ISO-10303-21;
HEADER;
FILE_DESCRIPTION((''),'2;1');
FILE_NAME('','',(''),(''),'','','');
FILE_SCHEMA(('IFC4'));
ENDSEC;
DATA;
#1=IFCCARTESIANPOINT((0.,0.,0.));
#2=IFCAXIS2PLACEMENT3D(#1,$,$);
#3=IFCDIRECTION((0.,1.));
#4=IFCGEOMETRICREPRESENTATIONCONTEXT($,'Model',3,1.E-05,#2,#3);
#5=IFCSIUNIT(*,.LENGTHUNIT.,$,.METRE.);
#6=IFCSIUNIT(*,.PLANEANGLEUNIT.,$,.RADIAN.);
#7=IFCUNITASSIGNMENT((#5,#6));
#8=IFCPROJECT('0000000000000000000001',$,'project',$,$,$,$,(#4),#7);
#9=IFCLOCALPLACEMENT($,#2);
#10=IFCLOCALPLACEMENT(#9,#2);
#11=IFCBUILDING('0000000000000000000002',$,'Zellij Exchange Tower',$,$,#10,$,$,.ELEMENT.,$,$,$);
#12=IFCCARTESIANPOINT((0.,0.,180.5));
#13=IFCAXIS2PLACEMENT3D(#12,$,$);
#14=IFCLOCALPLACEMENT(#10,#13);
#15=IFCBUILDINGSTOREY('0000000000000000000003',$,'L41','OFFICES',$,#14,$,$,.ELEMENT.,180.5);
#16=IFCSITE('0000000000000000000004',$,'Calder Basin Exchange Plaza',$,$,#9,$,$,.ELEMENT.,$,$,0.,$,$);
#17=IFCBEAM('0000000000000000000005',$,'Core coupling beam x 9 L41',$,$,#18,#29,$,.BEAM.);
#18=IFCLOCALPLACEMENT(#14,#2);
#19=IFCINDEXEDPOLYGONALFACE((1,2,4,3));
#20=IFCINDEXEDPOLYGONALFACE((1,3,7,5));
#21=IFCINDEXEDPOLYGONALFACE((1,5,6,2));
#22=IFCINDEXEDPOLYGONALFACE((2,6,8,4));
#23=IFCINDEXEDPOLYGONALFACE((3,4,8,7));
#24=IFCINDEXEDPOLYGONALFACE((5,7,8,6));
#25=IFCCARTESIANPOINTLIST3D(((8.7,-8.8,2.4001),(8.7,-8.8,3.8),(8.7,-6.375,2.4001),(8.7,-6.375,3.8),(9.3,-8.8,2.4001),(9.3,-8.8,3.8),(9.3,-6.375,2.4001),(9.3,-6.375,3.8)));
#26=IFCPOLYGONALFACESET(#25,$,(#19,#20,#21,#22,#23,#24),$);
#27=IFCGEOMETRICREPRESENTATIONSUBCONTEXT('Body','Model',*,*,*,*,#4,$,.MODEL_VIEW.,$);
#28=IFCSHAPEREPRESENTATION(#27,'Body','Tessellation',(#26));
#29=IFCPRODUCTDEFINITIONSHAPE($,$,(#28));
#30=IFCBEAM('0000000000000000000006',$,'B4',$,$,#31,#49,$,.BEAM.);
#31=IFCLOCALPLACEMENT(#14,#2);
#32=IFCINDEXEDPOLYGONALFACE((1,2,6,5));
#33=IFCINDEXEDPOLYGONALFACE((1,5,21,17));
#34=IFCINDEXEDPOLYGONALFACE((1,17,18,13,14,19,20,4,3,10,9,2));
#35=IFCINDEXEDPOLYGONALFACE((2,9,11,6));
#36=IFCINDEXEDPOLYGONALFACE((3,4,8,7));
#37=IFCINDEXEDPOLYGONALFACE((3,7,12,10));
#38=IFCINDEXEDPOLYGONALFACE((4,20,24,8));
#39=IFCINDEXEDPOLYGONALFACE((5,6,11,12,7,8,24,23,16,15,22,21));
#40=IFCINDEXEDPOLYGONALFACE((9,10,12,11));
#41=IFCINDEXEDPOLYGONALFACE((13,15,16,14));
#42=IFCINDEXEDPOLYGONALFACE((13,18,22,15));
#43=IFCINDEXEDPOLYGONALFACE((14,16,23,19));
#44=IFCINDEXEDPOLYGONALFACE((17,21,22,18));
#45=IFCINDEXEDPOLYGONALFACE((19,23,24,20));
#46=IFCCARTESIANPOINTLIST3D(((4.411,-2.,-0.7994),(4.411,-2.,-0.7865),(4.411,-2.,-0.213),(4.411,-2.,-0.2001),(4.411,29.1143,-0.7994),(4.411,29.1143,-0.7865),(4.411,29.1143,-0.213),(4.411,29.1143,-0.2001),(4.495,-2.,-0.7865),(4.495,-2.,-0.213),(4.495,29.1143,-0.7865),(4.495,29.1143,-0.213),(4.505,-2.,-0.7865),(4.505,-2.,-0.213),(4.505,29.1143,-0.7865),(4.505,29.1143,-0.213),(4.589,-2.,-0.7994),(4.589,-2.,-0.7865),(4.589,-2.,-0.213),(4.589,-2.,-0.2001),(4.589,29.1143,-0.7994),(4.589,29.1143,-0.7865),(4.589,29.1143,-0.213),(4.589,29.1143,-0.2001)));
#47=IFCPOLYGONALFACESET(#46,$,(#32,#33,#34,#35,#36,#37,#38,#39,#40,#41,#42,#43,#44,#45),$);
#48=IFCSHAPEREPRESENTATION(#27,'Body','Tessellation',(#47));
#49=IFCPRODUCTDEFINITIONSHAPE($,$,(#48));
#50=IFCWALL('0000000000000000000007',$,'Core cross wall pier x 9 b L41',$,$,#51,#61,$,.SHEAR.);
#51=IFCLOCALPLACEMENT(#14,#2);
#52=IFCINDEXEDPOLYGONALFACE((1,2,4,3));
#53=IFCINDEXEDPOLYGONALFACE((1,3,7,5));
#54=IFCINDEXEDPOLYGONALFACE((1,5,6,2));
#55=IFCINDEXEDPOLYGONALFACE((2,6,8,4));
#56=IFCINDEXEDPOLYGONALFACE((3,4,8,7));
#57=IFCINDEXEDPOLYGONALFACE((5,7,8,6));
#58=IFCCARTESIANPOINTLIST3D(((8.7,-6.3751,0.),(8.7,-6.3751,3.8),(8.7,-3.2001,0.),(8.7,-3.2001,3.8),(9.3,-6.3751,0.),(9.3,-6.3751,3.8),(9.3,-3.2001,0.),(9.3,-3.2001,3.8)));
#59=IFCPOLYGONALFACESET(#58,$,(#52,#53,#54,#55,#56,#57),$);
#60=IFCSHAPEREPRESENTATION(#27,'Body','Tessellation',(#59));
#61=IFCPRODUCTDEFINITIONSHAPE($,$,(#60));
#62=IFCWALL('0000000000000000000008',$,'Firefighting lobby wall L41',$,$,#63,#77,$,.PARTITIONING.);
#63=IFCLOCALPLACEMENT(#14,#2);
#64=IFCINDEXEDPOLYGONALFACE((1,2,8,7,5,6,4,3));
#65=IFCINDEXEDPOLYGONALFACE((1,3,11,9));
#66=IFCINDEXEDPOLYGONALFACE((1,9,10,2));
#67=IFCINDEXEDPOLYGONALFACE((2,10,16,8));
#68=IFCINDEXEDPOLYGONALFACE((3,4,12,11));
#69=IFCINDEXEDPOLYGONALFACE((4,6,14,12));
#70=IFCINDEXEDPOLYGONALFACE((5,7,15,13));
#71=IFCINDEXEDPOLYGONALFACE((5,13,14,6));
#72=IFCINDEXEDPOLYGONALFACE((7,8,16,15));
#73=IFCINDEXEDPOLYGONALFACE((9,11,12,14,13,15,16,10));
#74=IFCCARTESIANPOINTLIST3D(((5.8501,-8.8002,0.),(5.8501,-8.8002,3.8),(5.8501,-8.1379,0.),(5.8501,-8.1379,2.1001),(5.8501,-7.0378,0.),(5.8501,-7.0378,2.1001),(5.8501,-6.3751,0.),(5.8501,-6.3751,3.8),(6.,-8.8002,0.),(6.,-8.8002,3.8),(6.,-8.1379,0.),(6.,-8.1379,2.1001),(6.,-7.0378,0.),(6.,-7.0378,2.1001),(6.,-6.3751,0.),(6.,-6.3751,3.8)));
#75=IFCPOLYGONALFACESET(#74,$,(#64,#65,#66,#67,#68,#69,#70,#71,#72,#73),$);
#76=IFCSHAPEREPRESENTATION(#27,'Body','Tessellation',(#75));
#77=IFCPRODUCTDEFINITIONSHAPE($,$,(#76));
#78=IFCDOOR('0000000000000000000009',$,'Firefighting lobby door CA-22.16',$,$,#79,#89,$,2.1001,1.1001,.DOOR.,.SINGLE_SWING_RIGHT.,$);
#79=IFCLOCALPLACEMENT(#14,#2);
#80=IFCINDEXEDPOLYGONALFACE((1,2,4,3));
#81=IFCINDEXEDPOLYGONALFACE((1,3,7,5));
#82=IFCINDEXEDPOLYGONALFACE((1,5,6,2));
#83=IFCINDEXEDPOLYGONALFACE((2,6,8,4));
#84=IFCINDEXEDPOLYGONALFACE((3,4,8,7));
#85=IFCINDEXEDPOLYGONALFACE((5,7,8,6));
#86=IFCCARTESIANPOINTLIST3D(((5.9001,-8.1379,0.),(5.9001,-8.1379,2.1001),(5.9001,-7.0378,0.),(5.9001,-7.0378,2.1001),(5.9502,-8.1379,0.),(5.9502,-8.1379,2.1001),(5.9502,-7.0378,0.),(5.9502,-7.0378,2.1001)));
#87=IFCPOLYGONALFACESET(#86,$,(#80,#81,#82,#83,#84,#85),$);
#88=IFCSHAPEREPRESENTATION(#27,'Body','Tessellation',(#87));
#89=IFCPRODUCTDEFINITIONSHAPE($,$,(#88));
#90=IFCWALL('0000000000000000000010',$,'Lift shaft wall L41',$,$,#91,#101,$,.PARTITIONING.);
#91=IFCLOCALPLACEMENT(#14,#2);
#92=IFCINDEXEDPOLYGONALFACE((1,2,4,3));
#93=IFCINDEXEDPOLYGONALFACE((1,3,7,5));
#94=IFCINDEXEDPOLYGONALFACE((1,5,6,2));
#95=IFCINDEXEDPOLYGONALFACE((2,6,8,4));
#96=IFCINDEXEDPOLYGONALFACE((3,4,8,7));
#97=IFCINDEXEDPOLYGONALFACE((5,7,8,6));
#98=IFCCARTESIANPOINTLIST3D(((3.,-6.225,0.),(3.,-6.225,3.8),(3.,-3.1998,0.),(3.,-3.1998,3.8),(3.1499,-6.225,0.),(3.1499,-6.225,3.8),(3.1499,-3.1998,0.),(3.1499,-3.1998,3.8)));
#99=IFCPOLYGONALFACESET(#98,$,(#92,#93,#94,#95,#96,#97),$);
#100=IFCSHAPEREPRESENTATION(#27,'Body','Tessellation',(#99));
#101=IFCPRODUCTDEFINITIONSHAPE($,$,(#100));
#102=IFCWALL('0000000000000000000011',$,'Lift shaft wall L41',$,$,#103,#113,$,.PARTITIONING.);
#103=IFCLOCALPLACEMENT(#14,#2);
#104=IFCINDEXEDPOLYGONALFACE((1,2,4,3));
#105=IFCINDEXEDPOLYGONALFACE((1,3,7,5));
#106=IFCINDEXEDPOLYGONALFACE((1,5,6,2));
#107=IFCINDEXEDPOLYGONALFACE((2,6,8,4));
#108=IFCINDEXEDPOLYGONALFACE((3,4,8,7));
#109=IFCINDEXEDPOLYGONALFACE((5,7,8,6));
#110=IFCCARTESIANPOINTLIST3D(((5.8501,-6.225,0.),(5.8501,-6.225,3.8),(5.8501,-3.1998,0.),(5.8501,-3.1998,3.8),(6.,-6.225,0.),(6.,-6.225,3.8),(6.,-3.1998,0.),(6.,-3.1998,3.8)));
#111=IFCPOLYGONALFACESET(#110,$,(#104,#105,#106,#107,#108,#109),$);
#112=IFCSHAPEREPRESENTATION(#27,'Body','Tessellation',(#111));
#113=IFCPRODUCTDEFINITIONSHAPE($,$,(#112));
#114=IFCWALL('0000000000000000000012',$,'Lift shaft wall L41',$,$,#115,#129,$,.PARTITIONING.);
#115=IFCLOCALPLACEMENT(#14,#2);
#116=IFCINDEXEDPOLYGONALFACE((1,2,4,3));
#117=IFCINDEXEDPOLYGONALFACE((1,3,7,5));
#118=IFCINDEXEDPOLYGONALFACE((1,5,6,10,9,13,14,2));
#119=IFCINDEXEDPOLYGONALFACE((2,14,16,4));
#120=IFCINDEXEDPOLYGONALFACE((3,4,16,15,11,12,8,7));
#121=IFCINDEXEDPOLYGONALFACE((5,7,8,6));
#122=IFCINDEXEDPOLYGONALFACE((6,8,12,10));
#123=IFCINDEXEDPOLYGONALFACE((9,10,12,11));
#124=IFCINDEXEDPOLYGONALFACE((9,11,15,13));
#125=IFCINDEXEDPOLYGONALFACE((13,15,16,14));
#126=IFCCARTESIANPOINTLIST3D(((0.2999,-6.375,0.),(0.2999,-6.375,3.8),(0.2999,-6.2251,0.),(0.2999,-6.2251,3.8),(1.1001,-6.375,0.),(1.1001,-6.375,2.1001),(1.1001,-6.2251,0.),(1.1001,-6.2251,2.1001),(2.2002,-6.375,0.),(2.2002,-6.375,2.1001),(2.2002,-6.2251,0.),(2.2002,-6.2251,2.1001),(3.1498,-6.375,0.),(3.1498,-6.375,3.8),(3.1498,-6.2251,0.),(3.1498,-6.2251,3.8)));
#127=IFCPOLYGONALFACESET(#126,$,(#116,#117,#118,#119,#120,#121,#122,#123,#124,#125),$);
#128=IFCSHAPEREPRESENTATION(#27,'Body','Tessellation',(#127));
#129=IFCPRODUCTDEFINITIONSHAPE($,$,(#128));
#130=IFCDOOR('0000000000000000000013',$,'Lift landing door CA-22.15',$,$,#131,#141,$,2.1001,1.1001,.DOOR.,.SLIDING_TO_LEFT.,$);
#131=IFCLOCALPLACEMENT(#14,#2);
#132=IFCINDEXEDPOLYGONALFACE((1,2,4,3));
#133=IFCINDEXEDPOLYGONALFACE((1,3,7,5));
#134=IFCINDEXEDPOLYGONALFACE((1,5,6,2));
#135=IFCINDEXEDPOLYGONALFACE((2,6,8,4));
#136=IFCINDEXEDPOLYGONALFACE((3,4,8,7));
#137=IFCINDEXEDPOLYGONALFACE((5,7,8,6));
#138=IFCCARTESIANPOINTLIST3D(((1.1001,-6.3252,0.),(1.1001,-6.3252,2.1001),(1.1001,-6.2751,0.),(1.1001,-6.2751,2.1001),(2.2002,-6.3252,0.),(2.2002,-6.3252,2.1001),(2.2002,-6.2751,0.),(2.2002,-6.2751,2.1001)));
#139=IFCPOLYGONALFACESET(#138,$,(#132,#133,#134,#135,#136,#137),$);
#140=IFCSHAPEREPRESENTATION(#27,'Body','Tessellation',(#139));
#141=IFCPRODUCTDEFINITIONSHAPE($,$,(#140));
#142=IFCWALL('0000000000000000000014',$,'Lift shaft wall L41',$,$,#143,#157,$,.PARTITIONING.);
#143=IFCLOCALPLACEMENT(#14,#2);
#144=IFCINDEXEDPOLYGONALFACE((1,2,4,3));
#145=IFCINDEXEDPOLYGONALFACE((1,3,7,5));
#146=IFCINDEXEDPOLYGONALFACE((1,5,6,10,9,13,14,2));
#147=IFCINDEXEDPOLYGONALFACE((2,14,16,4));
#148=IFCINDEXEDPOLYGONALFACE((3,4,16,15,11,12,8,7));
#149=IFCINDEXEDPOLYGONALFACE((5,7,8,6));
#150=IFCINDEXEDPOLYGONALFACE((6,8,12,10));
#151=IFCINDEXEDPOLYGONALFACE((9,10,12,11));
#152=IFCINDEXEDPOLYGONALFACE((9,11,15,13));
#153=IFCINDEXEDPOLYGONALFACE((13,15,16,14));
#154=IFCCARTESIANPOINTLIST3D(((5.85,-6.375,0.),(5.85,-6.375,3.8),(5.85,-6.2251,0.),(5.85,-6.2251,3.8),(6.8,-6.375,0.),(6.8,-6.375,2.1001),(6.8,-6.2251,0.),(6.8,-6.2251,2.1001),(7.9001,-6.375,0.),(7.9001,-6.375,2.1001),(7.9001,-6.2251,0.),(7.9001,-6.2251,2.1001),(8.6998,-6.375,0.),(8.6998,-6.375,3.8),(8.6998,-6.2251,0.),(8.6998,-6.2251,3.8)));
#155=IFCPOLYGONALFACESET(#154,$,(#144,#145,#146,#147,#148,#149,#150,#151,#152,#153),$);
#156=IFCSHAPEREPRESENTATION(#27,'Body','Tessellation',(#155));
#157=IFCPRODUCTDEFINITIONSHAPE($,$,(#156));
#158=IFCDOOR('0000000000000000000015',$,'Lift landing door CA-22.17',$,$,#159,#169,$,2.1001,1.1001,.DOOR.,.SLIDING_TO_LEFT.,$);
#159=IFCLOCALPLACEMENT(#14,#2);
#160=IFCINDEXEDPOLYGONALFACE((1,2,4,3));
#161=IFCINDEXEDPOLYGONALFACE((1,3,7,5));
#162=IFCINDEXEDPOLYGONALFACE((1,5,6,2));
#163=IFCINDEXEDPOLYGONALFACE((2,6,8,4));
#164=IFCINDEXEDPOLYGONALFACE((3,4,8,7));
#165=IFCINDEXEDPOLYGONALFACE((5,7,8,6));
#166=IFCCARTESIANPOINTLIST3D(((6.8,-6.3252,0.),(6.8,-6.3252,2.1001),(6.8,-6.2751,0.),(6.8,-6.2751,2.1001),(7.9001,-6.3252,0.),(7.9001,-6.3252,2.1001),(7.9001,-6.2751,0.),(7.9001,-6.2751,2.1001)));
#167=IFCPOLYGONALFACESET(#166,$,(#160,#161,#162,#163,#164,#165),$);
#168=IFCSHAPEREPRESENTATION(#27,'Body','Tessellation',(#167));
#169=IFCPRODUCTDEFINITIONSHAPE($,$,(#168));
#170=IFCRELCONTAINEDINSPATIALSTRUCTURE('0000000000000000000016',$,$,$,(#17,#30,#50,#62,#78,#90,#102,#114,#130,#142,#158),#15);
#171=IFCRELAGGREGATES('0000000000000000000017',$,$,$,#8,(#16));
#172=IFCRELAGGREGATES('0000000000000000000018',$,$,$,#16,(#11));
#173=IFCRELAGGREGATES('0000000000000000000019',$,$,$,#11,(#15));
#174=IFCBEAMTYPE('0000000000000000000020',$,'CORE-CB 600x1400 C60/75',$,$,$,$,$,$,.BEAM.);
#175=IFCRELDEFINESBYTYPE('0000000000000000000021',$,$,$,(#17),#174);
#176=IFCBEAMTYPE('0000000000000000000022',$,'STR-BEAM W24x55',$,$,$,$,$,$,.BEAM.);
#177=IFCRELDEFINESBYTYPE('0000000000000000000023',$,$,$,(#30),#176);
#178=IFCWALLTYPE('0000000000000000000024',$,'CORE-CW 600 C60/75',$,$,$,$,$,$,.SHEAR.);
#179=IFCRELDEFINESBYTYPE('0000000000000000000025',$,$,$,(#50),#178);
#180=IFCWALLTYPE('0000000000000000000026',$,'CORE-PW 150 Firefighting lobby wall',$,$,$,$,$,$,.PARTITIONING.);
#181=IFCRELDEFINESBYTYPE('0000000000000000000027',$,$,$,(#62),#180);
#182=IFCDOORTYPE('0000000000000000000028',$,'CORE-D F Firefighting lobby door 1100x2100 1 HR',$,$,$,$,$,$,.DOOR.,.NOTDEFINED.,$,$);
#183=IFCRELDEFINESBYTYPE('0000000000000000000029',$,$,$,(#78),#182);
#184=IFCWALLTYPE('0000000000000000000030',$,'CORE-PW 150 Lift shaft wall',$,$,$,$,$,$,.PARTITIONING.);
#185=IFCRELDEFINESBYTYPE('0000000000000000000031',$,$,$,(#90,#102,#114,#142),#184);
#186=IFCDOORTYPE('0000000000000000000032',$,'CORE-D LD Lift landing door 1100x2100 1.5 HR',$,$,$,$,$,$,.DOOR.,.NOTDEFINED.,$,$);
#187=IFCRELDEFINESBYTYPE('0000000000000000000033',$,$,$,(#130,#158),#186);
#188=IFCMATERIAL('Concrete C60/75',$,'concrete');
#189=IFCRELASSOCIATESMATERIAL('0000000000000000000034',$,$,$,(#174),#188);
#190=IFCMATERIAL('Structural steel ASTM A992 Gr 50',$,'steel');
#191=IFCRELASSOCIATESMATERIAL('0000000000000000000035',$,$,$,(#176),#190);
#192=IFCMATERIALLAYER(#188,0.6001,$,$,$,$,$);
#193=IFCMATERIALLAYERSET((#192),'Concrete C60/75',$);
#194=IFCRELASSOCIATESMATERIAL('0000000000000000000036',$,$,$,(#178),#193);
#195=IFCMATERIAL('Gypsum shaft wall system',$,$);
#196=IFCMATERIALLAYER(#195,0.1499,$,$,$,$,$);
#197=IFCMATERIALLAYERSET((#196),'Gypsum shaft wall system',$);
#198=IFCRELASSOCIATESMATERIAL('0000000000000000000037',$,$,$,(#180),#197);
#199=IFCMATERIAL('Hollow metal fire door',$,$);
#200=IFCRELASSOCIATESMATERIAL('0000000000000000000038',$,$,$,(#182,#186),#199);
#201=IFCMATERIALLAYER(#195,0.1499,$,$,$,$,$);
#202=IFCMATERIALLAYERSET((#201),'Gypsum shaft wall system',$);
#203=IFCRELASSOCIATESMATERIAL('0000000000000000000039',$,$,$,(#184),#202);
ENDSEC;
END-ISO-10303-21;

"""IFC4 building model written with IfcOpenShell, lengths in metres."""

from ifc_helpers import new_model, si_unit, direction, frame, frame_2d, origin, origin_2d, place, context, subcontext, project, spatial, rectangle, i_section, extrude, material, layer, layer_set, material_profile, profile_set, type_object, element, fill, save


model = new_model("IFC4")

# Units and contexts
model_context = context("Model", 3, precision=1e-05, world=origin(), true_north=direction((0.0, 1.0)))
body_context = subcontext(model_context, "Body", "Model", "MODEL_VIEW")
ifc_project = project(units=[si_unit("LENGTHUNIT", "METRE"), si_unit("PLANEANGLEUNIT", "RADIAN")], contexts=[model_context])

# Site, building, storey
site_placement = place(None, origin())
site = spatial("IfcSite", under=ifc_project, at=site_placement, Name="Calder Basin Exchange Plaza", CompositionType="ELEMENT", RefElevation=0.0)
building_placement = place(site_placement, origin())
building = spatial("IfcBuilding", under=site, at=building_placement, Name="Zellij Exchange Tower", CompositionType="ELEMENT")
storey_placement = place(building_placement, frame((0.0, 0.0, 180.5)))
storey = spatial("IfcBuildingStorey", under=building, at=storey_placement, Name="L41", Description="OFFICES", CompositionType="ELEMENT", Elevation=180.5)

# Beams
ifc_material_1 = material(Name="Concrete C60/75", Category="concrete")
ifc_material_profile_1 = material_profile(ifc_material_1, rectangle(XDim=0.6001, YDim=1.3999, at=origin_2d()), Name="CORE-CB 600x1400 C60/75")
ifc_profile_set_1 = profile_set([ifc_material_profile_1], Name="Concrete C60/75")
beam_type_1 = type_object("IfcBeamType", Name="CORE-CB 600x1400 C60/75", PredefinedType="BEAM", material=ifc_profile_set_1)
beam_1_placement = place(storey_placement, frame((9.0, -8.8, 3.1001), z_axis=(0.0, 1.0, 0.0), x_axis=(-1.0, 0.0, 0.0)))
element("IfcBeam", 1, at=beam_1_placement, inside=storey, type_object=beam_type_1, Name="Core coupling beam x 9 L41", PredefinedType="BEAM", context=body_context, shape_type="SweptSolid", body=[
    extrude(rectangle(XDim=0.6001, YDim=1.3999, at=origin_2d()), origin(), (0.0, 0.0, 1.0), 2.425),
])
ifc_material_2 = material(Name="Structural steel ASTM A992 Gr 50", Category="steel")
ifc_material_profile_2 = material_profile(ifc_material_2, i_section(OverallWidth=0.178, OverallDepth=0.5994, WebThickness=0.01, FlangeThickness=0.0129, at=origin_2d()), Name="W24x55")
ifc_profile_set_2 = profile_set([ifc_material_profile_2], Name="Structural steel ASTM A992 Gr 50")
beam_type_2 = type_object("IfcBeamType", Name="STR-BEAM W24x55", PredefinedType="BEAM", material=ifc_profile_set_2)
beam_2_placement = place(storey_placement, frame((4.5, -2.0, -0.4998), z_axis=(0.0, 1.0, 0.0), x_axis=(-1.0, 0.0, 0.0)))
element("IfcBeam", 2, at=beam_2_placement, inside=storey, type_object=beam_type_2, Name="B4", PredefinedType="BEAM", context=body_context, shape_type="SweptSolid", body=[
    extrude(i_section(OverallWidth=0.178, OverallDepth=0.5994, WebThickness=0.01, FlangeThickness=0.0129, at=origin_2d()), origin(), (0.0, 0.0, 1.0), 31.1143),
])

# Wall
ifc_layer_1 = layer(ifc_material_1, 0.6001)
ifc_layer_set_1 = layer_set([ifc_layer_1], Name="Concrete C60/75")
wall_type_1 = type_object("IfcWallType", Name="CORE-CW 600 C60/75", PredefinedType="SHEAR", material=ifc_layer_set_1)
wall_1_placement = place(storey_placement, frame((9.0, -6.375, 0.0), z_axis=(0.0, 0.0, 1.0), x_axis=(0.0, 1.0, 0.0)))
element("IfcWall", 3, at=wall_1_placement, inside=storey, type_object=wall_type_1, Name="Core cross wall pier x 9 b L41", PredefinedType="SHEAR", context=body_context, shape_type="SweptSolid", body=[
    extrude(rectangle(XDim=3.175, YDim=0.6001, at=frame_2d((1.5874, 0.0))), origin(), (0.0, 0.0, 1.0), 3.8),
])

# Wall, opening, door
ifc_material_3 = material(Name="Gypsum shaft wall system")
ifc_layer_2 = layer(ifc_material_3, 0.1499)
ifc_layer_set_2 = layer_set([ifc_layer_2], Name="Gypsum shaft wall system")
wall_type_2 = type_object("IfcWallType", Name="CORE-PW 150 Firefighting lobby wall", PredefinedType="PARTITIONING", material=ifc_layer_set_2)
wall_2_placement = place(storey_placement, frame((5.925, -8.8, 0.0), z_axis=(0.0, 0.0, 1.0), x_axis=(0.0, 1.0, 0.0)))
wall_2 = element("IfcWall", 4, at=wall_2_placement, inside=storey, type_object=wall_type_2, Name="Firefighting lobby wall L41", PredefinedType="PARTITIONING", context=body_context, shape_type="SweptSolid", body=[
    extrude(rectangle(XDim=2.425, YDim=0.1499, at=frame_2d((1.2124, 0.0))), origin(), (0.0, 0.0, 1.0), 3.8),
])
opening_1_placement = place(wall_2_placement, frame((0.6621, 0.0, 0.0)))
opening_1 = element("IfcOpeningElement", 5, at=opening_1_placement, cuts=wall_2, PredefinedType="OPENING", context=body_context, shape_type="SweptSolid", body=[
    extrude(rectangle(XDim=1.1001, YDim=2.1001, at=frame_2d((0.55, 1.05))), frame((0.0, 0.0869, 0.0), z_axis=(0.0, -1.0, 0.0), x_axis=(1.0, 0.0, 0.0)), (0.0, 0.0, 1.0), 0.1738),
])
ifc_material_4 = material(Name="Hollow metal fire door")
door_type_1 = type_object("IfcDoorType", Name="CORE-D F Firefighting lobby door 1100x2100 1 HR", OperationType="NOTDEFINED", PredefinedType="DOOR", material=ifc_material_4)
door_1_placement = place(opening_1_placement, origin())
door_1 = element("IfcDoor", 6, at=door_1_placement, inside=storey, type_object=door_type_1, Name="Firefighting lobby door CA-22.16", OperationType="SINGLE_SWING_RIGHT", OverallHeight=2.1001, OverallWidth=1.1001, PredefinedType="DOOR", context=body_context, shape_type="SweptSolid", body=[
    extrude(rectangle(XDim=1.1001, YDim=2.1001, at=frame_2d((0.55, 1.05))), frame((0.0, 0.0249, 0.0), z_axis=(0.0, -1.0, 0.0), x_axis=(1.0, 0.0, 0.0)), (0.0, 0.0, 1.0), 0.05),
])
fill(opening_1, door_1)

# Walls
ifc_layer_3 = layer(ifc_material_3, 0.1499)
ifc_layer_set_3 = layer_set([ifc_layer_3], Name="Gypsum shaft wall system")
wall_type_3 = type_object("IfcWallType", Name="CORE-PW 150 Lift shaft wall", PredefinedType="PARTITIONING", material=ifc_layer_set_3)
for number, where, z_axis, x_axis, name in (
    (7, (3.075, -6.2251, 0.0), (0.0, 0.0, 1.0), (0.0, 1.0, 0.0), "Lift shaft wall L41"),
    (8, (5.925, -6.2251, 0.0), (0.0, 0.0, 1.0), (0.0, 1.0, 0.0), "Lift shaft wall L41"),
):
    element("IfcWall", number, at=place(storey_placement, frame(where, z_axis=z_axis, x_axis=x_axis)), inside=storey, type_object=wall_type_3, Name=name, PredefinedType="PARTITIONING", context=body_context, shape_type="SweptSolid", body=[
        extrude(rectangle(XDim=3.0251, YDim=0.1499, at=frame_2d((1.5127, 0.0))), origin(), (0.0, 0.0, 1.0), 3.8),
    ])

# Walls, openings, doors
wall_3_placement = place(storey_placement, frame((0.3, -6.3, 0.0), z_axis=(0.0, 0.0, 1.0), x_axis=(1.0, 0.0, 0.0)))
wall_3 = element("IfcWall", 9, at=wall_3_placement, inside=storey, type_object=wall_type_3, Name="Lift shaft wall L41", PredefinedType="PARTITIONING", context=body_context, shape_type="SweptSolid", body=[
    extrude(rectangle(XDim=2.8499, YDim=0.1499, at=frame_2d((1.4248, 0.0))), origin(), (0.0, 0.0, 1.0), 3.8),
])
opening_2_placement = place(wall_3_placement, frame((0.8, 0.0, 0.0)))
opening_2 = element("IfcOpeningElement", 10, at=opening_2_placement, cuts=wall_3, PredefinedType="OPENING", context=body_context, shape_type="SweptSolid", body=[
    extrude(rectangle(XDim=1.1001, YDim=2.1001, at=frame_2d((0.55, 1.05))), frame((0.0, 0.0869, 0.0), z_axis=(0.0, -1.0, 0.0), x_axis=(1.0, 0.0, 0.0)), (0.0, 0.0, 1.0), 0.1738),
])
door_type_2 = type_object("IfcDoorType", Name="CORE-D LD Lift landing door 1100x2100 1.5 HR", OperationType="NOTDEFINED", PredefinedType="DOOR", material=ifc_material_4)
door_2_placement = place(opening_2_placement, origin())
door_2 = element("IfcDoor", 11, at=door_2_placement, inside=storey, type_object=door_type_2, Name="Lift landing door CA-22.15", OperationType="SLIDING_TO_LEFT", OverallHeight=2.1001, OverallWidth=1.1001, PredefinedType="DOOR", context=body_context, shape_type="SweptSolid", body=[
    extrude(rectangle(XDim=1.1001, YDim=2.1001, at=frame_2d((0.55, 1.05))), frame((0.0, 0.0249, 0.0), z_axis=(0.0, -1.0, 0.0), x_axis=(1.0, 0.0, 0.0)), (0.0, 0.0, 1.0), 0.05),
])
fill(opening_2, door_2)
wall_4_placement = place(storey_placement, frame((5.8501, -6.3, 0.0), z_axis=(0.0, 0.0, 1.0), x_axis=(1.0, 0.0, 0.0)))
wall_4 = element("IfcWall", 12, at=wall_4_placement, inside=storey, type_object=wall_type_3, Name="Lift shaft wall L41", PredefinedType="PARTITIONING", context=body_context, shape_type="SweptSolid", body=[
    extrude(rectangle(XDim=2.8499, YDim=0.1499, at=frame_2d((1.4248, 0.0))), origin(), (0.0, 0.0, 1.0), 3.8),
])
opening_3_placement = place(wall_4_placement, frame((0.95, 0.0, 0.0)))
opening_3 = element("IfcOpeningElement", 13, at=opening_3_placement, cuts=wall_4, PredefinedType="OPENING", context=body_context, shape_type="SweptSolid", body=[
    extrude(rectangle(XDim=1.1001, YDim=2.1001, at=frame_2d((0.55, 1.05))), frame((0.0, 0.0869, 0.0), z_axis=(0.0, -1.0, 0.0), x_axis=(1.0, 0.0, 0.0)), (0.0, 0.0, 1.0), 0.1738),
])
door_3_placement = place(opening_3_placement, origin())
door_3 = element("IfcDoor", 14, at=door_3_placement, inside=storey, type_object=door_type_2, Name="Lift landing door CA-22.17", OperationType="SLIDING_TO_LEFT", OverallHeight=2.1001, OverallWidth=1.1001, PredefinedType="DOOR", context=body_context, shape_type="SweptSolid", body=[
    extrude(rectangle(XDim=1.1001, YDim=2.1001, at=frame_2d((0.55, 1.05))), frame((0.0, 0.0249, 0.0), z_axis=(0.0, -1.0, 0.0), x_axis=(1.0, 0.0, 0.0)), (0.0, 0.0, 1.0), 0.05),
])
fill(opening_3, door_3)

save(model, "model.ifc")
